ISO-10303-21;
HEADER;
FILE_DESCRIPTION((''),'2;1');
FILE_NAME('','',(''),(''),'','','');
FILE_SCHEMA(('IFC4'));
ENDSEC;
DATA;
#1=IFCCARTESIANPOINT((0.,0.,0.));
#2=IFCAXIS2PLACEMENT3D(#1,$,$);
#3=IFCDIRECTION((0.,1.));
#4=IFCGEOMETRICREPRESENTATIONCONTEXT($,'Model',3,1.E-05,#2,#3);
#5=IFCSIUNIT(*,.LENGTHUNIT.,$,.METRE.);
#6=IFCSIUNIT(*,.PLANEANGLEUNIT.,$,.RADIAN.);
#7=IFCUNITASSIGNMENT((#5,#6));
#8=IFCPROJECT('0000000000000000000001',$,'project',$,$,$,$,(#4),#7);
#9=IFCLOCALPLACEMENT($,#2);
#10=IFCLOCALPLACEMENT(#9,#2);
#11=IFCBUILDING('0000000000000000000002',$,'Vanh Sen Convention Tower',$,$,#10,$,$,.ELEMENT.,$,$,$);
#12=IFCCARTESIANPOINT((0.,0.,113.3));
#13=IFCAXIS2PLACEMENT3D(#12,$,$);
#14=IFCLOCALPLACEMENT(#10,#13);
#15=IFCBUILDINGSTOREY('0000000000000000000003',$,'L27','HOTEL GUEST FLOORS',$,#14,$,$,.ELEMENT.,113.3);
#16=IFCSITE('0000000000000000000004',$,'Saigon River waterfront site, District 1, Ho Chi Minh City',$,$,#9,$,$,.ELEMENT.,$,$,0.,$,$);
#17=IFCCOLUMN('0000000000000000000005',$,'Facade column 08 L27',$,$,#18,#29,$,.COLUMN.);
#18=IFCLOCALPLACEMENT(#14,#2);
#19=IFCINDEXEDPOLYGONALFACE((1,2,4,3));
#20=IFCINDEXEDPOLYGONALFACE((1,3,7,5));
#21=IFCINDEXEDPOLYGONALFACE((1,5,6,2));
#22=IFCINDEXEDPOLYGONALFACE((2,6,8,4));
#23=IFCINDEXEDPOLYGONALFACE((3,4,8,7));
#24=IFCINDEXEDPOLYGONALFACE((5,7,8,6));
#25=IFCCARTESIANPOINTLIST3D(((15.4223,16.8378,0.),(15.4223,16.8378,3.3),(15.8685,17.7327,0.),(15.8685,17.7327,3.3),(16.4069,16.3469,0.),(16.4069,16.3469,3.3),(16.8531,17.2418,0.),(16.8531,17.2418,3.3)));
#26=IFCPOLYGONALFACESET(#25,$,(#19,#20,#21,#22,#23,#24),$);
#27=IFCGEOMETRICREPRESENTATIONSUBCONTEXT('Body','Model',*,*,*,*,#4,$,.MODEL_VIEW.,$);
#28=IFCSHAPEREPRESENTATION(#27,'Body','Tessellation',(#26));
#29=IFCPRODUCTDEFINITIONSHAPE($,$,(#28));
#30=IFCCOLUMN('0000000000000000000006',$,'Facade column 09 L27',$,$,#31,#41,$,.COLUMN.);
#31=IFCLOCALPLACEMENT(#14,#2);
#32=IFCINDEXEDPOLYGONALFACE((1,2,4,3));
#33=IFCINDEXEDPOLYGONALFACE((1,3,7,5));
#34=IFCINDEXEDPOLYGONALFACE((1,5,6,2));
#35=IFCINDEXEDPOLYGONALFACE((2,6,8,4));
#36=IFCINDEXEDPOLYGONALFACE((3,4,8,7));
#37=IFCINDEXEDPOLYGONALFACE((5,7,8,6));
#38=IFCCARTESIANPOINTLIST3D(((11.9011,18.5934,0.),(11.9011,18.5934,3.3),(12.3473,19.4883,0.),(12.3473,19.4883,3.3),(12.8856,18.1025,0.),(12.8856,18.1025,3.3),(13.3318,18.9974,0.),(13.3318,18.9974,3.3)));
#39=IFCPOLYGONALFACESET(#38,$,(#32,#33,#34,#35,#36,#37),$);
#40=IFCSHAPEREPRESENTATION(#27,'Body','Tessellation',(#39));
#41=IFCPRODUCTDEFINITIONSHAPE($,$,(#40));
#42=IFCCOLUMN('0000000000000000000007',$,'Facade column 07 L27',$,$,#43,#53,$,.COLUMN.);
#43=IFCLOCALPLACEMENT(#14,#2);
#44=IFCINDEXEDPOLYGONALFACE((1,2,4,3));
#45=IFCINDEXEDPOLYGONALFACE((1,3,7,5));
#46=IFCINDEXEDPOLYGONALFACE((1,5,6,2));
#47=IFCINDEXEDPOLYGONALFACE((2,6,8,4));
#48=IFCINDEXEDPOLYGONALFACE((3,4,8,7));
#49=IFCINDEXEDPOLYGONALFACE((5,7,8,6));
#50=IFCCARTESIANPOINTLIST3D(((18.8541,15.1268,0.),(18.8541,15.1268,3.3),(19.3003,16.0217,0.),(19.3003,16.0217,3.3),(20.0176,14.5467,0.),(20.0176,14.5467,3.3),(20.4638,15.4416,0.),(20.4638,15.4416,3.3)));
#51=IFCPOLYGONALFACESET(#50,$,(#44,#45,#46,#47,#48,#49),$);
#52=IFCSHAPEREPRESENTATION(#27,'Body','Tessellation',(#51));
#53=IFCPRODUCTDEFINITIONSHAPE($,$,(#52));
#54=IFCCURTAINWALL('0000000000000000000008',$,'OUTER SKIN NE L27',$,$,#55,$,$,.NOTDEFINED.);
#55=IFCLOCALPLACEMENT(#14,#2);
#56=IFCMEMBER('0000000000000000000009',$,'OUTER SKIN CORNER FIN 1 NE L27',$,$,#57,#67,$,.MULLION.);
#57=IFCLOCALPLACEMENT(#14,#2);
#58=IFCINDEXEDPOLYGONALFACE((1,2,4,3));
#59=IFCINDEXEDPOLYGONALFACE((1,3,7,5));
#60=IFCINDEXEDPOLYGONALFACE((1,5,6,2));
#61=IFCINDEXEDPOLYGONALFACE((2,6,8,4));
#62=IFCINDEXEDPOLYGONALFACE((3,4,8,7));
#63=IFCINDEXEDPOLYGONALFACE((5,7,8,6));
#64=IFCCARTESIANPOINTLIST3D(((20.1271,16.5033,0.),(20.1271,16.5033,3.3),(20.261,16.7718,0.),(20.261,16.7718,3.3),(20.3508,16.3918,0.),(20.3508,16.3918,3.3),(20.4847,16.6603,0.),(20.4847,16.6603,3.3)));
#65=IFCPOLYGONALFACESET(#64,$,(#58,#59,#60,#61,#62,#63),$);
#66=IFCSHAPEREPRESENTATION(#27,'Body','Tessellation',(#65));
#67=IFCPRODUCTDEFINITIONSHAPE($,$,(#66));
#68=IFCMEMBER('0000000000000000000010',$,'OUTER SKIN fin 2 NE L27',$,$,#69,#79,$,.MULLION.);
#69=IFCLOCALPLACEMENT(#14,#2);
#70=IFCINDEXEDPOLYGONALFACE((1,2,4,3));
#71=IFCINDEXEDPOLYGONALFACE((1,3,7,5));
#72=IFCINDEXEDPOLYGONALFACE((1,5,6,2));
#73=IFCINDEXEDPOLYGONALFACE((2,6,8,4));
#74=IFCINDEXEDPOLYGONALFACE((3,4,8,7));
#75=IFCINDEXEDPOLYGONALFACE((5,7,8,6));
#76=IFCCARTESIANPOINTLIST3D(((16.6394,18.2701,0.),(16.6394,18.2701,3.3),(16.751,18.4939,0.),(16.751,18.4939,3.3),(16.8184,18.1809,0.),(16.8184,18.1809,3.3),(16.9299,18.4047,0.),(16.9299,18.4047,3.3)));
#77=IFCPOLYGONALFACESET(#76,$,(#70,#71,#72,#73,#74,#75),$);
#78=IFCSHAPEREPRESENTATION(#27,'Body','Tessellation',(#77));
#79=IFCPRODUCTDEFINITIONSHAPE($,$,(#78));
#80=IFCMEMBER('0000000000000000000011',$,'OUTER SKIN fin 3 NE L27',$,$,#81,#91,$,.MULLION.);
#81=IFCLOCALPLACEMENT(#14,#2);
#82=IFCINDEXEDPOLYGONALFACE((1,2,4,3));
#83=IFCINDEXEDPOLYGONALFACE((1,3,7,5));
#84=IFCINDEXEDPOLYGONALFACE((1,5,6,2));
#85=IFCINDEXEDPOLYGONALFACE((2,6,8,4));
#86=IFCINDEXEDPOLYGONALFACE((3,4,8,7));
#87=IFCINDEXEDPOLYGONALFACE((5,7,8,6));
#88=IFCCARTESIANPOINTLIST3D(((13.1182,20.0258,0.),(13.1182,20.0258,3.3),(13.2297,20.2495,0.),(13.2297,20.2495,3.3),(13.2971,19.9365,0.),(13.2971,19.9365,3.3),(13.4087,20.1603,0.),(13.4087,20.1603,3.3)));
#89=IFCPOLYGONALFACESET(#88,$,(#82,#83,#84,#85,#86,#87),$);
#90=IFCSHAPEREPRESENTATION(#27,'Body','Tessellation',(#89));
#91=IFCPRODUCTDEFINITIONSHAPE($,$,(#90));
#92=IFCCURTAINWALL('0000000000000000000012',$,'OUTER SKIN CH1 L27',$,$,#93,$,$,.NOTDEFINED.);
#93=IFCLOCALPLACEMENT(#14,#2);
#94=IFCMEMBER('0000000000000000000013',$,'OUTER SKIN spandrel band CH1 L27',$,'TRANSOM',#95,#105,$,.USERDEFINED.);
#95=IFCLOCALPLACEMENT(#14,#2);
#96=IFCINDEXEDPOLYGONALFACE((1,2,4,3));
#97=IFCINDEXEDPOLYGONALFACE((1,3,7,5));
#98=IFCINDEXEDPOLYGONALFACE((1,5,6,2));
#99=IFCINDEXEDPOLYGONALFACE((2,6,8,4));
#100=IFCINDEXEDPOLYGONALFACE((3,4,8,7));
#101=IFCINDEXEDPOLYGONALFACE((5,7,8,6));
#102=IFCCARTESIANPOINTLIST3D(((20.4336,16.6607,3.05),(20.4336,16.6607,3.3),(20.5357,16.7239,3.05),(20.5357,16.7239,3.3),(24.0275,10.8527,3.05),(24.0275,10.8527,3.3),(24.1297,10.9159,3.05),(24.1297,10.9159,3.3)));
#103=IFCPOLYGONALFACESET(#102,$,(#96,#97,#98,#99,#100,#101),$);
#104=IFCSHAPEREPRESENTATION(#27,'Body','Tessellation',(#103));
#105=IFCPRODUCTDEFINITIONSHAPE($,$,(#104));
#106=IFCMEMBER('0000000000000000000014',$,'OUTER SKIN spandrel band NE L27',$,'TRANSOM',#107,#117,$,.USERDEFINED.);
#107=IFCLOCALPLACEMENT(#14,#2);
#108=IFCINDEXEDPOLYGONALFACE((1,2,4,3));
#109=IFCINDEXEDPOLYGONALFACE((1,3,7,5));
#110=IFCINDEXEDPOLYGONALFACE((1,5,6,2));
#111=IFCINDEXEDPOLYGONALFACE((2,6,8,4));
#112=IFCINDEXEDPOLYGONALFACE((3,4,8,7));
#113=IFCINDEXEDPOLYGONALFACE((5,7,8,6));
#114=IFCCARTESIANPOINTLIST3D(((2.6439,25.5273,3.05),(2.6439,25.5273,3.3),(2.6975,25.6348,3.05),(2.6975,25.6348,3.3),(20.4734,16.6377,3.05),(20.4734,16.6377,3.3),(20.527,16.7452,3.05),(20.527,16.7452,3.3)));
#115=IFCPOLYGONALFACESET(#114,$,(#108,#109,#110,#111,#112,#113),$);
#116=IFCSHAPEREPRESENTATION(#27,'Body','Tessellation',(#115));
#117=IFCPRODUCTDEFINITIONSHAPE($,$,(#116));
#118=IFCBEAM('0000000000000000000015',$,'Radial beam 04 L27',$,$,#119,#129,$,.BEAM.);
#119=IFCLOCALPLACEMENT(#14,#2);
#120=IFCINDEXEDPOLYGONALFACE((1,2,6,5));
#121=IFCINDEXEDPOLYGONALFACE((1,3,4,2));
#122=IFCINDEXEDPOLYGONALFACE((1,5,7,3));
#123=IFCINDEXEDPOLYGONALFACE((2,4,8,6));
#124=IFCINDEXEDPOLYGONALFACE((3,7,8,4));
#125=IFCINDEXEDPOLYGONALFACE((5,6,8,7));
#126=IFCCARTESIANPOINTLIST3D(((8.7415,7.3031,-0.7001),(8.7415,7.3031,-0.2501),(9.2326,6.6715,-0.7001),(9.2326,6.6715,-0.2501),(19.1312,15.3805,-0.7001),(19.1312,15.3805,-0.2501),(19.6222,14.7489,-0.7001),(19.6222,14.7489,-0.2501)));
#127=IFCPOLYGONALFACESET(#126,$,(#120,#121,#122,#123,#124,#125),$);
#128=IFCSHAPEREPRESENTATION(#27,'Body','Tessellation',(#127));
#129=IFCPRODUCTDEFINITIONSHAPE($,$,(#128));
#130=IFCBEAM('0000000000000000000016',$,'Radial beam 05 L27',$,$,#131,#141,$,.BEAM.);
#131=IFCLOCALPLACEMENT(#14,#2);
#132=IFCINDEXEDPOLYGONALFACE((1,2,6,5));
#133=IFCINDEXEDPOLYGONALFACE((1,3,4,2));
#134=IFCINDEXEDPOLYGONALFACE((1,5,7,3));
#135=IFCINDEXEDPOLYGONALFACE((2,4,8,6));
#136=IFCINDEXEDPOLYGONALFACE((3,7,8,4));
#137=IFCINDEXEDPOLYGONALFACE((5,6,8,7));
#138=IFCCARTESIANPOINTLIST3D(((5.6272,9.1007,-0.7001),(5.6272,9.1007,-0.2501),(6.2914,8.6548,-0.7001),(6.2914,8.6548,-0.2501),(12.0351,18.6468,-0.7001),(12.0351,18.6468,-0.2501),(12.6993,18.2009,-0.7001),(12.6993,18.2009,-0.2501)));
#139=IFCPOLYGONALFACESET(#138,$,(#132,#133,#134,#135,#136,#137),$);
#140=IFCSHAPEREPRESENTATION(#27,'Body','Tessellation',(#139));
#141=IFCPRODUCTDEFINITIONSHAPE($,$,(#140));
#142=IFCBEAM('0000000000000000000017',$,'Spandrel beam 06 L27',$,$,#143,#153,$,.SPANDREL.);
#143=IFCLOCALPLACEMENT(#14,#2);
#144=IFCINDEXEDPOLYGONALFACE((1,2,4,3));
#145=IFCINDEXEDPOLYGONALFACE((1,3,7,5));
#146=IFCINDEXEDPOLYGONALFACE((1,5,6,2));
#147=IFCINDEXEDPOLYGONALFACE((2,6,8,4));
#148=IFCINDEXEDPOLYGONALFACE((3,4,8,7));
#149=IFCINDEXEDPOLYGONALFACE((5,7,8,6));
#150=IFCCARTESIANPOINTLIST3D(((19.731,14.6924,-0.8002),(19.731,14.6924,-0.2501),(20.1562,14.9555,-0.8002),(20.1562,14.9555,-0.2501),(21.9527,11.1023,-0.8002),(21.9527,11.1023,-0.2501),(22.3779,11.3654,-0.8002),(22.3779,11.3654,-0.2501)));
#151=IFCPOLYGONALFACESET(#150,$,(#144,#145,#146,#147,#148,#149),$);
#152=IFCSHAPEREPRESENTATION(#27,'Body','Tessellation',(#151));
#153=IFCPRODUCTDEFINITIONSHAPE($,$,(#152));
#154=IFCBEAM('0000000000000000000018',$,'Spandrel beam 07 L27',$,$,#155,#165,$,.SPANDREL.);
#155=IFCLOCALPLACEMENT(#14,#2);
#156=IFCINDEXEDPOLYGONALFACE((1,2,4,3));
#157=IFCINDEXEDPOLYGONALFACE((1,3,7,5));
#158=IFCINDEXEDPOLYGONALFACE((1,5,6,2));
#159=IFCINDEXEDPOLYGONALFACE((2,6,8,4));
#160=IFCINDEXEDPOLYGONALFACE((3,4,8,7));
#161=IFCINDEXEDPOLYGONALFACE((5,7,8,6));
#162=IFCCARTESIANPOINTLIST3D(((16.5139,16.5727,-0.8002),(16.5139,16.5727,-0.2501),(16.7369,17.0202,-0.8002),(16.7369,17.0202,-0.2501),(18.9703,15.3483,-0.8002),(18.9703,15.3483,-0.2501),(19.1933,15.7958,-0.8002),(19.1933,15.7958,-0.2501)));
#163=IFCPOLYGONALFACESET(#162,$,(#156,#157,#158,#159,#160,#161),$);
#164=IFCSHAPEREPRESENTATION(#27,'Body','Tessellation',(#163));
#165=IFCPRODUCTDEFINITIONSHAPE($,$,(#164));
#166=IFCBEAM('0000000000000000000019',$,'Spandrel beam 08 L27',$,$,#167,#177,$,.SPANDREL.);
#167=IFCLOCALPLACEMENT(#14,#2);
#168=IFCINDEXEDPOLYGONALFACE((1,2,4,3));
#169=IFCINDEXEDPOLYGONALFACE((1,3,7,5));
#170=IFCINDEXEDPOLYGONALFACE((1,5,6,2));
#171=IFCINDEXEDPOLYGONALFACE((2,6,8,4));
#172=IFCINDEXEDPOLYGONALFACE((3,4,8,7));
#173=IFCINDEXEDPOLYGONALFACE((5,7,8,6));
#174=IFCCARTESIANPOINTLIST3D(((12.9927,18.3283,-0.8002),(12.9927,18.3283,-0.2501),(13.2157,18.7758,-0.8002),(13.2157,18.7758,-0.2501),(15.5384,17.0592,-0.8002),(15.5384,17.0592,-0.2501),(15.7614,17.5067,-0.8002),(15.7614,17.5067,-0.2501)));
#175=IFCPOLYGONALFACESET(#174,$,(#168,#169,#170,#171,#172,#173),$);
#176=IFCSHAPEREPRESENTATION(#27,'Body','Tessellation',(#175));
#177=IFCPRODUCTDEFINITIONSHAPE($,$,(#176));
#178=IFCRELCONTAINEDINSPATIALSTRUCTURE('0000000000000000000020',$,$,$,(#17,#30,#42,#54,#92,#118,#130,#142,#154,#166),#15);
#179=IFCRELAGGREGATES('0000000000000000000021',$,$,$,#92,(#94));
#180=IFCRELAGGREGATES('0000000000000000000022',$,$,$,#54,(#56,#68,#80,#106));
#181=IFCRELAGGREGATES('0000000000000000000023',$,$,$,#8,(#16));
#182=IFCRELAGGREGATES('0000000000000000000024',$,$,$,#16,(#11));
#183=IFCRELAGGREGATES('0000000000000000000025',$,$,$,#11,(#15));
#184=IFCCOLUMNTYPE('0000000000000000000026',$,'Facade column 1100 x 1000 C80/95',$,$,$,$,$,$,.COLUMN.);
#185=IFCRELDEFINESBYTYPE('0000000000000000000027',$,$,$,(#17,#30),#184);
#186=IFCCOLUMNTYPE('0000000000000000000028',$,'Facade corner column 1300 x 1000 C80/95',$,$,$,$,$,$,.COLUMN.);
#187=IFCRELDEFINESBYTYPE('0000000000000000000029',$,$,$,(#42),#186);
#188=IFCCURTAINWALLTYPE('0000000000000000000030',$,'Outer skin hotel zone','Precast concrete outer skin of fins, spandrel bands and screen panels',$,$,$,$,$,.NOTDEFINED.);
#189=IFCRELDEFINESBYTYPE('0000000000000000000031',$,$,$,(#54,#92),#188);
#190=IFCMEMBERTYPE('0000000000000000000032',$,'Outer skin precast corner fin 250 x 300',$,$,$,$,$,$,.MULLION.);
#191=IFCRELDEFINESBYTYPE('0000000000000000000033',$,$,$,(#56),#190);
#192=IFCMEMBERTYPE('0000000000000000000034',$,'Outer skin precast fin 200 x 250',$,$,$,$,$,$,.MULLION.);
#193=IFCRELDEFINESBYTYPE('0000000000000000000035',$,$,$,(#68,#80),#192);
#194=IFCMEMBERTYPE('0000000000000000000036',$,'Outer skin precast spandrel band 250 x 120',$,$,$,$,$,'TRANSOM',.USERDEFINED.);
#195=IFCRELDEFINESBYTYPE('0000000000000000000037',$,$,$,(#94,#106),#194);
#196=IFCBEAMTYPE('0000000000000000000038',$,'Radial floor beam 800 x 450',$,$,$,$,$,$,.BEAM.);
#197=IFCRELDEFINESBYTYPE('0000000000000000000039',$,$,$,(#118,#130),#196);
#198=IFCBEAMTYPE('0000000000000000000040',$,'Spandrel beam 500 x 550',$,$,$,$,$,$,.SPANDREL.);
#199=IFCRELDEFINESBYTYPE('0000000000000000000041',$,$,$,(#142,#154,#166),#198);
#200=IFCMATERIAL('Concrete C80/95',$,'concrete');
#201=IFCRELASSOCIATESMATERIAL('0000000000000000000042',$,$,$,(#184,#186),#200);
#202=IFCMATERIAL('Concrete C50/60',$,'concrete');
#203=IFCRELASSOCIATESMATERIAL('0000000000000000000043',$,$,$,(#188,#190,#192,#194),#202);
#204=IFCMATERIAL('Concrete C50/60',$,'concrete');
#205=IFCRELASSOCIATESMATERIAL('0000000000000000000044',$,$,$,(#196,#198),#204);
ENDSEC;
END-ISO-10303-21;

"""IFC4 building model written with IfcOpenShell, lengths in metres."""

from ifc_helpers import new_model, si_unit, direction, frame, origin, origin_2d, place, context, subcontext, project, spatial, rectangle, extrude, material, material_profile, profile_set, type_object, element, aggregate, save


model = new_model("IFC4")

# Units and contexts
model_context = context("Model", 3, precision=1e-05, world=origin(), true_north=direction((0.0, 1.0)))
body_context = subcontext(model_context, "Body", "Model", "MODEL_VIEW")
ifc_project = project(units=[si_unit("LENGTHUNIT", "METRE"), si_unit("PLANEANGLEUNIT", "RADIAN")], contexts=[model_context])

# Site, building, storey
site_placement = place(None, origin())
site = spatial("IfcSite", under=ifc_project, at=site_placement, Name="Saigon River waterfront site, District 1, Ho Chi Minh City", CompositionType="ELEMENT", RefElevation=0.0)
building_placement = place(site_placement, origin())
building = spatial("IfcBuilding", under=site, at=building_placement, Name="Vanh Sen Convention Tower", CompositionType="ELEMENT")
storey_placement = place(building_placement, frame((0.0, 0.0, 113.3)))
storey = spatial("IfcBuildingStorey", under=building, at=storey_placement, Name="L27", Description="HOTEL GUEST FLOORS", CompositionType="ELEMENT", Elevation=113.3)

# Columns
ifc_material_1 = material(Name="Concrete C80/95", Category="concrete")
ifc_material_profile_1 = material_profile(ifc_material_1, rectangle(XDim=1.1001, YDim=1.0, at=origin_2d()), Name="RC 1100X1000")
ifc_profile_set_1 = profile_set([ifc_material_profile_1], Name="Concrete C80/95")
column_type_1 = type_object("IfcColumnType", Name="Facade column 1100 x 1000 C80/95", PredefinedType="COLUMN", material=ifc_profile_set_1)
for number, where, z_axis, x_axis, name in (
    (1, (16.1377, 17.0398, 0.0), (0.0, 0.0, 1.0), (-0.894934, 0.446198, 0.0), "Facade column 08 L27"),
    (2, (12.6165, 18.7954, 0.0), (0.0, 0.0, 1.0), (-0.894934, 0.446198, 0.0), "Facade column 09 L27"),
):
    element("IfcColumn", number, at=place(storey_placement, frame(where, z_axis=z_axis, x_axis=x_axis)), inside=storey, type_object=column_type_1, Name=name, PredefinedType="COLUMN", context=body_context, shape_type="SweptSolid", body=[
        extrude(rectangle(XDim=1.1001, YDim=1.0, at=origin_2d()), origin(), (0.0, 0.0, 1.0), 3.3),
    ])
ifc_material_profile_2 = material_profile(ifc_material_1, rectangle(XDim=1.3, YDim=1.0, at=origin_2d()), Name="RC 1300X1000")
ifc_profile_set_2 = profile_set([ifc_material_profile_2], Name="Concrete C80/95")
column_type_2 = type_object("IfcColumnType", Name="Facade corner column 1300 x 1000 C80/95", PredefinedType="COLUMN", material=ifc_profile_set_2)
column_placement = place(storey_placement, frame((19.6589, 15.2842, 0.0), z_axis=(0.0, 0.0, 1.0), x_axis=(-0.894934, 0.446198, 0.0)))
element("IfcColumn", 3, at=column_placement, inside=storey, type_object=column_type_2, Name="Facade column 07 L27", PredefinedType="COLUMN", context=body_context, shape_type="SweptSolid", body=[
    extrude(rectangle(XDim=1.3, YDim=1.0, at=origin_2d()), origin(), (0.0, 0.0, 1.0), 3.3),
])

# Curtain wall, members
ifc_material_2 = material(Name="Concrete C50/60", Category="concrete")
curtain_wall_type = type_object("IfcCurtainWallType", Name="Outer skin hotel zone", Description="Precast concrete outer skin of fins, spandrel bands and screen panels", PredefinedType="NOTDEFINED", material=ifc_material_2)
curtain_wall_1_placement = place(storey_placement, origin())
curtain_wall_1 = element("IfcCurtainWall", 4, at=curtain_wall_1_placement, inside=storey, type_object=curtain_wall_type, Name="OUTER SKIN NE L27", PredefinedType="NOTDEFINED")
ifc_material_profile_3 = material_profile(ifc_material_2, rectangle(XDim=0.25, YDim=0.3, at=origin_2d()), Name="Outer skin precast corner fin 250 x 300")
ifc_profile_set_3 = profile_set([ifc_material_profile_3], Name="Concrete C50/60")
member_type_1 = type_object("IfcMemberType", Name="Outer skin precast corner fin 250 x 300", PredefinedType="MULLION", material=ifc_profile_set_3)
member_1_placement = place(storey_placement, frame((20.3059, 16.5818, 0.0), z_axis=(0.0, 0.0, 1.0), x_axis=(-0.894934, 0.446198, 0.0)))
member_1 = element("IfcMember", 5, at=member_1_placement, type_object=member_type_1, Name="OUTER SKIN CORNER FIN 1 NE L27", PredefinedType="MULLION", context=body_context, shape_type="SweptSolid", body=[
    extrude(rectangle(XDim=0.25, YDim=0.3, at=origin_2d()), origin(), (0.0, 0.0, 1.0), 3.3),
])
ifc_material_profile_4 = material_profile(ifc_material_2, rectangle(XDim=0.2, YDim=0.25, at=origin_2d()), Name="Outer skin precast fin 200 x 250")
ifc_profile_set_4 = profile_set([ifc_material_profile_4], Name="Concrete C50/60")
member_type_2 = type_object("IfcMemberType", Name="Outer skin precast fin 200 x 250", PredefinedType="MULLION", material=ifc_profile_set_4)
member_2_placement = place(storey_placement, frame((16.7847, 18.3374, 0.0), z_axis=(0.0, 0.0, 1.0), x_axis=(-0.894934, 0.446198, 0.0)))
member_2 = element("IfcMember", 6, at=member_2_placement, type_object=member_type_2, Name="OUTER SKIN fin 2 NE L27", PredefinedType="MULLION", context=body_context, shape_type="SweptSolid", body=[
    extrude(rectangle(XDim=0.2, YDim=0.25, at=origin_2d()), origin(), (0.0, 0.0, 1.0), 3.3),
])
member_3_placement = place(storey_placement, frame((13.2634, 20.093, 0.0), z_axis=(0.0, 0.0, 1.0), x_axis=(-0.894934, 0.446198, 0.0)))
member_3 = element("IfcMember", 7, at=member_3_placement, type_object=member_type_2, Name="OUTER SKIN fin 3 NE L27", PredefinedType="MULLION", context=body_context, shape_type="SweptSolid", body=[
    extrude(rectangle(XDim=0.2, YDim=0.25, at=origin_2d()), origin(), (0.0, 0.0, 1.0), 3.3),
])

# Curtain wall, member
curtain_wall_2_placement = place(storey_placement, origin())
curtain_wall_2 = element("IfcCurtainWall", 8, at=curtain_wall_2_placement, inside=storey, type_object=curtain_wall_type, Name="OUTER SKIN CH1 L27", PredefinedType="NOTDEFINED")
ifc_material_profile_5 = material_profile(ifc_material_2, rectangle(XDim=0.1201, YDim=0.25, at=origin_2d()), Name="Outer skin precast spandrel band 250 x 120")
ifc_profile_set_5 = profile_set([ifc_material_profile_5], Name="Concrete C50/60")
member_type_3 = type_object("IfcMemberType", Name="Outer skin precast spandrel band 250 x 120", ElementType="TRANSOM", PredefinedType="USERDEFINED", material=ifc_profile_set_5)
member_4_placement = place(storey_placement, frame((24.0786, 10.8843, 3.175), z_axis=(-0.526196, 0.850363, 0.0), x_axis=(-0.850363, -0.526196, 0.0)))
member_4 = element("IfcMember", 9, at=member_4_placement, type_object=member_type_3, Name="OUTER SKIN spandrel band CH1 L27", ObjectType="TRANSOM", PredefinedType="USERDEFINED", context=body_context, shape_type="SweptSolid", body=[
    extrude(rectangle(XDim=0.1201, YDim=0.25, at=origin_2d()), origin(), (0.0, 0.0, 1.0), 6.8301),
])

# Member
member_5_placement = place(storey_placement, frame((20.5002, 16.6914, 3.175), z_axis=(-0.894931, 0.446204, 0.0), x_axis=(-0.446204, -0.894931, 0.0)))
member_5 = element("IfcMember", 10, at=member_5_placement, type_object=member_type_3, Name="OUTER SKIN spandrel band NE L27", ObjectType="TRANSOM", PredefinedType="USERDEFINED", context=body_context, shape_type="SweptSolid", body=[
    extrude(rectangle(XDim=0.1201, YDim=0.25, at=origin_2d()), origin(), (0.0, 0.0, 1.0), 19.9229),
])

# Beams
ifc_material_3 = material(Name="Concrete C50/60", Category="concrete")
ifc_material_profile_6 = material_profile(ifc_material_3, rectangle(XDim=0.8, YDim=0.45, at=origin_2d()), Name="RC 800X450")
ifc_profile_set_6 = profile_set([ifc_material_profile_6], Name="Concrete C50/60")
beam_type_1 = type_object("IfcBeamType", Name="Radial floor beam 800 x 450", PredefinedType="BEAM", material=ifc_profile_set_6)
beam_1_placement = place(storey_placement, frame((19.3767, 15.0647, -0.4751), z_axis=(-0.789479, -0.613777, 0.0), x_axis=(0.613777, -0.789479, 0.0)))
element("IfcBeam", 11, at=beam_1_placement, inside=storey, type_object=beam_type_1, Name="Radial beam 04 L27", PredefinedType="BEAM", context=body_context, shape_type="SweptSolid", body=[
    extrude(rectangle(XDim=0.8, YDim=0.45, at=origin_2d()), origin(), (0.0, 0.0, 1.0), 13.1602),
])
beam_2_placement = place(storey_placement, frame((12.3672, 18.4238, -0.4751), z_axis=(-0.557339, -0.830285, 0.0), x_axis=(0.830285, -0.557339, 0.0)))
element("IfcBeam", 12, at=beam_2_placement, inside=storey, type_object=beam_type_1, Name="Radial beam 05 L27", PredefinedType="BEAM", context=body_context, shape_type="SweptSolid", body=[
    extrude(rectangle(XDim=0.8, YDim=0.45, at=origin_2d()), origin(), (0.0, 0.0, 1.0), 11.4973),
])
ifc_material_profile_7 = material_profile(ifc_material_3, rectangle(XDim=0.5, YDim=0.55, at=origin_2d()), Name="RC 500X550")
ifc_profile_set_7 = profile_set([ifc_material_profile_7], Name="Concrete C50/60")
beam_type_2 = type_object("IfcBeamType", Name="Spandrel beam 500 x 550", PredefinedType="SPANDREL", material=ifc_profile_set_7)
beam_3_placement = place(storey_placement, frame((22.1653, 11.2339, -0.5251), z_axis=(-0.526225, 0.850345, 0.0), x_axis=(-0.850345, -0.526225, 0.0)))
element("IfcBeam", 13, at=beam_3_placement, inside=storey, type_object=beam_type_2, Name="Spandrel beam 06 L27", PredefinedType="SPANDREL", context=body_context, shape_type="SweptSolid", body=[
    extrude(rectangle(XDim=0.5, YDim=0.55, at=origin_2d()), origin(), (0.0, 0.0, 1.0), 4.2219),
])
beam_4_placement = place(storey_placement, frame((19.0818, 15.572, -0.5251), z_axis=(-0.894978, 0.44611, 0.0), x_axis=(-0.44611, -0.894978, 0.0)))
element("IfcBeam", 14, at=beam_4_placement, inside=storey, type_object=beam_type_2, Name="Spandrel beam 07 L27", PredefinedType="SPANDREL", context=body_context, shape_type="SweptSolid", body=[
    extrude(rectangle(XDim=0.5, YDim=0.55, at=origin_2d()), origin(), (0.0, 0.0, 1.0), 2.7446),
])
beam_5_placement = place(storey_placement, frame((15.6499, 17.283, -0.5251), z_axis=(-0.894959, 0.446149, 0.0), x_axis=(-0.446149, -0.894959, 0.0)))
element("IfcBeam", 15, at=beam_5_placement, inside=storey, type_object=beam_type_2, Name="Spandrel beam 08 L27", PredefinedType="SPANDREL", context=body_context, shape_type="SweptSolid", body=[
    extrude(rectangle(XDim=0.5, YDim=0.55, at=origin_2d()), origin(), (0.0, 0.0, 1.0), 2.8445),
])

aggregate(curtain_wall_2, [member_4])
aggregate(curtain_wall_1, [member_1, member_2, member_3, member_5])

save(model, "model.ifc")
